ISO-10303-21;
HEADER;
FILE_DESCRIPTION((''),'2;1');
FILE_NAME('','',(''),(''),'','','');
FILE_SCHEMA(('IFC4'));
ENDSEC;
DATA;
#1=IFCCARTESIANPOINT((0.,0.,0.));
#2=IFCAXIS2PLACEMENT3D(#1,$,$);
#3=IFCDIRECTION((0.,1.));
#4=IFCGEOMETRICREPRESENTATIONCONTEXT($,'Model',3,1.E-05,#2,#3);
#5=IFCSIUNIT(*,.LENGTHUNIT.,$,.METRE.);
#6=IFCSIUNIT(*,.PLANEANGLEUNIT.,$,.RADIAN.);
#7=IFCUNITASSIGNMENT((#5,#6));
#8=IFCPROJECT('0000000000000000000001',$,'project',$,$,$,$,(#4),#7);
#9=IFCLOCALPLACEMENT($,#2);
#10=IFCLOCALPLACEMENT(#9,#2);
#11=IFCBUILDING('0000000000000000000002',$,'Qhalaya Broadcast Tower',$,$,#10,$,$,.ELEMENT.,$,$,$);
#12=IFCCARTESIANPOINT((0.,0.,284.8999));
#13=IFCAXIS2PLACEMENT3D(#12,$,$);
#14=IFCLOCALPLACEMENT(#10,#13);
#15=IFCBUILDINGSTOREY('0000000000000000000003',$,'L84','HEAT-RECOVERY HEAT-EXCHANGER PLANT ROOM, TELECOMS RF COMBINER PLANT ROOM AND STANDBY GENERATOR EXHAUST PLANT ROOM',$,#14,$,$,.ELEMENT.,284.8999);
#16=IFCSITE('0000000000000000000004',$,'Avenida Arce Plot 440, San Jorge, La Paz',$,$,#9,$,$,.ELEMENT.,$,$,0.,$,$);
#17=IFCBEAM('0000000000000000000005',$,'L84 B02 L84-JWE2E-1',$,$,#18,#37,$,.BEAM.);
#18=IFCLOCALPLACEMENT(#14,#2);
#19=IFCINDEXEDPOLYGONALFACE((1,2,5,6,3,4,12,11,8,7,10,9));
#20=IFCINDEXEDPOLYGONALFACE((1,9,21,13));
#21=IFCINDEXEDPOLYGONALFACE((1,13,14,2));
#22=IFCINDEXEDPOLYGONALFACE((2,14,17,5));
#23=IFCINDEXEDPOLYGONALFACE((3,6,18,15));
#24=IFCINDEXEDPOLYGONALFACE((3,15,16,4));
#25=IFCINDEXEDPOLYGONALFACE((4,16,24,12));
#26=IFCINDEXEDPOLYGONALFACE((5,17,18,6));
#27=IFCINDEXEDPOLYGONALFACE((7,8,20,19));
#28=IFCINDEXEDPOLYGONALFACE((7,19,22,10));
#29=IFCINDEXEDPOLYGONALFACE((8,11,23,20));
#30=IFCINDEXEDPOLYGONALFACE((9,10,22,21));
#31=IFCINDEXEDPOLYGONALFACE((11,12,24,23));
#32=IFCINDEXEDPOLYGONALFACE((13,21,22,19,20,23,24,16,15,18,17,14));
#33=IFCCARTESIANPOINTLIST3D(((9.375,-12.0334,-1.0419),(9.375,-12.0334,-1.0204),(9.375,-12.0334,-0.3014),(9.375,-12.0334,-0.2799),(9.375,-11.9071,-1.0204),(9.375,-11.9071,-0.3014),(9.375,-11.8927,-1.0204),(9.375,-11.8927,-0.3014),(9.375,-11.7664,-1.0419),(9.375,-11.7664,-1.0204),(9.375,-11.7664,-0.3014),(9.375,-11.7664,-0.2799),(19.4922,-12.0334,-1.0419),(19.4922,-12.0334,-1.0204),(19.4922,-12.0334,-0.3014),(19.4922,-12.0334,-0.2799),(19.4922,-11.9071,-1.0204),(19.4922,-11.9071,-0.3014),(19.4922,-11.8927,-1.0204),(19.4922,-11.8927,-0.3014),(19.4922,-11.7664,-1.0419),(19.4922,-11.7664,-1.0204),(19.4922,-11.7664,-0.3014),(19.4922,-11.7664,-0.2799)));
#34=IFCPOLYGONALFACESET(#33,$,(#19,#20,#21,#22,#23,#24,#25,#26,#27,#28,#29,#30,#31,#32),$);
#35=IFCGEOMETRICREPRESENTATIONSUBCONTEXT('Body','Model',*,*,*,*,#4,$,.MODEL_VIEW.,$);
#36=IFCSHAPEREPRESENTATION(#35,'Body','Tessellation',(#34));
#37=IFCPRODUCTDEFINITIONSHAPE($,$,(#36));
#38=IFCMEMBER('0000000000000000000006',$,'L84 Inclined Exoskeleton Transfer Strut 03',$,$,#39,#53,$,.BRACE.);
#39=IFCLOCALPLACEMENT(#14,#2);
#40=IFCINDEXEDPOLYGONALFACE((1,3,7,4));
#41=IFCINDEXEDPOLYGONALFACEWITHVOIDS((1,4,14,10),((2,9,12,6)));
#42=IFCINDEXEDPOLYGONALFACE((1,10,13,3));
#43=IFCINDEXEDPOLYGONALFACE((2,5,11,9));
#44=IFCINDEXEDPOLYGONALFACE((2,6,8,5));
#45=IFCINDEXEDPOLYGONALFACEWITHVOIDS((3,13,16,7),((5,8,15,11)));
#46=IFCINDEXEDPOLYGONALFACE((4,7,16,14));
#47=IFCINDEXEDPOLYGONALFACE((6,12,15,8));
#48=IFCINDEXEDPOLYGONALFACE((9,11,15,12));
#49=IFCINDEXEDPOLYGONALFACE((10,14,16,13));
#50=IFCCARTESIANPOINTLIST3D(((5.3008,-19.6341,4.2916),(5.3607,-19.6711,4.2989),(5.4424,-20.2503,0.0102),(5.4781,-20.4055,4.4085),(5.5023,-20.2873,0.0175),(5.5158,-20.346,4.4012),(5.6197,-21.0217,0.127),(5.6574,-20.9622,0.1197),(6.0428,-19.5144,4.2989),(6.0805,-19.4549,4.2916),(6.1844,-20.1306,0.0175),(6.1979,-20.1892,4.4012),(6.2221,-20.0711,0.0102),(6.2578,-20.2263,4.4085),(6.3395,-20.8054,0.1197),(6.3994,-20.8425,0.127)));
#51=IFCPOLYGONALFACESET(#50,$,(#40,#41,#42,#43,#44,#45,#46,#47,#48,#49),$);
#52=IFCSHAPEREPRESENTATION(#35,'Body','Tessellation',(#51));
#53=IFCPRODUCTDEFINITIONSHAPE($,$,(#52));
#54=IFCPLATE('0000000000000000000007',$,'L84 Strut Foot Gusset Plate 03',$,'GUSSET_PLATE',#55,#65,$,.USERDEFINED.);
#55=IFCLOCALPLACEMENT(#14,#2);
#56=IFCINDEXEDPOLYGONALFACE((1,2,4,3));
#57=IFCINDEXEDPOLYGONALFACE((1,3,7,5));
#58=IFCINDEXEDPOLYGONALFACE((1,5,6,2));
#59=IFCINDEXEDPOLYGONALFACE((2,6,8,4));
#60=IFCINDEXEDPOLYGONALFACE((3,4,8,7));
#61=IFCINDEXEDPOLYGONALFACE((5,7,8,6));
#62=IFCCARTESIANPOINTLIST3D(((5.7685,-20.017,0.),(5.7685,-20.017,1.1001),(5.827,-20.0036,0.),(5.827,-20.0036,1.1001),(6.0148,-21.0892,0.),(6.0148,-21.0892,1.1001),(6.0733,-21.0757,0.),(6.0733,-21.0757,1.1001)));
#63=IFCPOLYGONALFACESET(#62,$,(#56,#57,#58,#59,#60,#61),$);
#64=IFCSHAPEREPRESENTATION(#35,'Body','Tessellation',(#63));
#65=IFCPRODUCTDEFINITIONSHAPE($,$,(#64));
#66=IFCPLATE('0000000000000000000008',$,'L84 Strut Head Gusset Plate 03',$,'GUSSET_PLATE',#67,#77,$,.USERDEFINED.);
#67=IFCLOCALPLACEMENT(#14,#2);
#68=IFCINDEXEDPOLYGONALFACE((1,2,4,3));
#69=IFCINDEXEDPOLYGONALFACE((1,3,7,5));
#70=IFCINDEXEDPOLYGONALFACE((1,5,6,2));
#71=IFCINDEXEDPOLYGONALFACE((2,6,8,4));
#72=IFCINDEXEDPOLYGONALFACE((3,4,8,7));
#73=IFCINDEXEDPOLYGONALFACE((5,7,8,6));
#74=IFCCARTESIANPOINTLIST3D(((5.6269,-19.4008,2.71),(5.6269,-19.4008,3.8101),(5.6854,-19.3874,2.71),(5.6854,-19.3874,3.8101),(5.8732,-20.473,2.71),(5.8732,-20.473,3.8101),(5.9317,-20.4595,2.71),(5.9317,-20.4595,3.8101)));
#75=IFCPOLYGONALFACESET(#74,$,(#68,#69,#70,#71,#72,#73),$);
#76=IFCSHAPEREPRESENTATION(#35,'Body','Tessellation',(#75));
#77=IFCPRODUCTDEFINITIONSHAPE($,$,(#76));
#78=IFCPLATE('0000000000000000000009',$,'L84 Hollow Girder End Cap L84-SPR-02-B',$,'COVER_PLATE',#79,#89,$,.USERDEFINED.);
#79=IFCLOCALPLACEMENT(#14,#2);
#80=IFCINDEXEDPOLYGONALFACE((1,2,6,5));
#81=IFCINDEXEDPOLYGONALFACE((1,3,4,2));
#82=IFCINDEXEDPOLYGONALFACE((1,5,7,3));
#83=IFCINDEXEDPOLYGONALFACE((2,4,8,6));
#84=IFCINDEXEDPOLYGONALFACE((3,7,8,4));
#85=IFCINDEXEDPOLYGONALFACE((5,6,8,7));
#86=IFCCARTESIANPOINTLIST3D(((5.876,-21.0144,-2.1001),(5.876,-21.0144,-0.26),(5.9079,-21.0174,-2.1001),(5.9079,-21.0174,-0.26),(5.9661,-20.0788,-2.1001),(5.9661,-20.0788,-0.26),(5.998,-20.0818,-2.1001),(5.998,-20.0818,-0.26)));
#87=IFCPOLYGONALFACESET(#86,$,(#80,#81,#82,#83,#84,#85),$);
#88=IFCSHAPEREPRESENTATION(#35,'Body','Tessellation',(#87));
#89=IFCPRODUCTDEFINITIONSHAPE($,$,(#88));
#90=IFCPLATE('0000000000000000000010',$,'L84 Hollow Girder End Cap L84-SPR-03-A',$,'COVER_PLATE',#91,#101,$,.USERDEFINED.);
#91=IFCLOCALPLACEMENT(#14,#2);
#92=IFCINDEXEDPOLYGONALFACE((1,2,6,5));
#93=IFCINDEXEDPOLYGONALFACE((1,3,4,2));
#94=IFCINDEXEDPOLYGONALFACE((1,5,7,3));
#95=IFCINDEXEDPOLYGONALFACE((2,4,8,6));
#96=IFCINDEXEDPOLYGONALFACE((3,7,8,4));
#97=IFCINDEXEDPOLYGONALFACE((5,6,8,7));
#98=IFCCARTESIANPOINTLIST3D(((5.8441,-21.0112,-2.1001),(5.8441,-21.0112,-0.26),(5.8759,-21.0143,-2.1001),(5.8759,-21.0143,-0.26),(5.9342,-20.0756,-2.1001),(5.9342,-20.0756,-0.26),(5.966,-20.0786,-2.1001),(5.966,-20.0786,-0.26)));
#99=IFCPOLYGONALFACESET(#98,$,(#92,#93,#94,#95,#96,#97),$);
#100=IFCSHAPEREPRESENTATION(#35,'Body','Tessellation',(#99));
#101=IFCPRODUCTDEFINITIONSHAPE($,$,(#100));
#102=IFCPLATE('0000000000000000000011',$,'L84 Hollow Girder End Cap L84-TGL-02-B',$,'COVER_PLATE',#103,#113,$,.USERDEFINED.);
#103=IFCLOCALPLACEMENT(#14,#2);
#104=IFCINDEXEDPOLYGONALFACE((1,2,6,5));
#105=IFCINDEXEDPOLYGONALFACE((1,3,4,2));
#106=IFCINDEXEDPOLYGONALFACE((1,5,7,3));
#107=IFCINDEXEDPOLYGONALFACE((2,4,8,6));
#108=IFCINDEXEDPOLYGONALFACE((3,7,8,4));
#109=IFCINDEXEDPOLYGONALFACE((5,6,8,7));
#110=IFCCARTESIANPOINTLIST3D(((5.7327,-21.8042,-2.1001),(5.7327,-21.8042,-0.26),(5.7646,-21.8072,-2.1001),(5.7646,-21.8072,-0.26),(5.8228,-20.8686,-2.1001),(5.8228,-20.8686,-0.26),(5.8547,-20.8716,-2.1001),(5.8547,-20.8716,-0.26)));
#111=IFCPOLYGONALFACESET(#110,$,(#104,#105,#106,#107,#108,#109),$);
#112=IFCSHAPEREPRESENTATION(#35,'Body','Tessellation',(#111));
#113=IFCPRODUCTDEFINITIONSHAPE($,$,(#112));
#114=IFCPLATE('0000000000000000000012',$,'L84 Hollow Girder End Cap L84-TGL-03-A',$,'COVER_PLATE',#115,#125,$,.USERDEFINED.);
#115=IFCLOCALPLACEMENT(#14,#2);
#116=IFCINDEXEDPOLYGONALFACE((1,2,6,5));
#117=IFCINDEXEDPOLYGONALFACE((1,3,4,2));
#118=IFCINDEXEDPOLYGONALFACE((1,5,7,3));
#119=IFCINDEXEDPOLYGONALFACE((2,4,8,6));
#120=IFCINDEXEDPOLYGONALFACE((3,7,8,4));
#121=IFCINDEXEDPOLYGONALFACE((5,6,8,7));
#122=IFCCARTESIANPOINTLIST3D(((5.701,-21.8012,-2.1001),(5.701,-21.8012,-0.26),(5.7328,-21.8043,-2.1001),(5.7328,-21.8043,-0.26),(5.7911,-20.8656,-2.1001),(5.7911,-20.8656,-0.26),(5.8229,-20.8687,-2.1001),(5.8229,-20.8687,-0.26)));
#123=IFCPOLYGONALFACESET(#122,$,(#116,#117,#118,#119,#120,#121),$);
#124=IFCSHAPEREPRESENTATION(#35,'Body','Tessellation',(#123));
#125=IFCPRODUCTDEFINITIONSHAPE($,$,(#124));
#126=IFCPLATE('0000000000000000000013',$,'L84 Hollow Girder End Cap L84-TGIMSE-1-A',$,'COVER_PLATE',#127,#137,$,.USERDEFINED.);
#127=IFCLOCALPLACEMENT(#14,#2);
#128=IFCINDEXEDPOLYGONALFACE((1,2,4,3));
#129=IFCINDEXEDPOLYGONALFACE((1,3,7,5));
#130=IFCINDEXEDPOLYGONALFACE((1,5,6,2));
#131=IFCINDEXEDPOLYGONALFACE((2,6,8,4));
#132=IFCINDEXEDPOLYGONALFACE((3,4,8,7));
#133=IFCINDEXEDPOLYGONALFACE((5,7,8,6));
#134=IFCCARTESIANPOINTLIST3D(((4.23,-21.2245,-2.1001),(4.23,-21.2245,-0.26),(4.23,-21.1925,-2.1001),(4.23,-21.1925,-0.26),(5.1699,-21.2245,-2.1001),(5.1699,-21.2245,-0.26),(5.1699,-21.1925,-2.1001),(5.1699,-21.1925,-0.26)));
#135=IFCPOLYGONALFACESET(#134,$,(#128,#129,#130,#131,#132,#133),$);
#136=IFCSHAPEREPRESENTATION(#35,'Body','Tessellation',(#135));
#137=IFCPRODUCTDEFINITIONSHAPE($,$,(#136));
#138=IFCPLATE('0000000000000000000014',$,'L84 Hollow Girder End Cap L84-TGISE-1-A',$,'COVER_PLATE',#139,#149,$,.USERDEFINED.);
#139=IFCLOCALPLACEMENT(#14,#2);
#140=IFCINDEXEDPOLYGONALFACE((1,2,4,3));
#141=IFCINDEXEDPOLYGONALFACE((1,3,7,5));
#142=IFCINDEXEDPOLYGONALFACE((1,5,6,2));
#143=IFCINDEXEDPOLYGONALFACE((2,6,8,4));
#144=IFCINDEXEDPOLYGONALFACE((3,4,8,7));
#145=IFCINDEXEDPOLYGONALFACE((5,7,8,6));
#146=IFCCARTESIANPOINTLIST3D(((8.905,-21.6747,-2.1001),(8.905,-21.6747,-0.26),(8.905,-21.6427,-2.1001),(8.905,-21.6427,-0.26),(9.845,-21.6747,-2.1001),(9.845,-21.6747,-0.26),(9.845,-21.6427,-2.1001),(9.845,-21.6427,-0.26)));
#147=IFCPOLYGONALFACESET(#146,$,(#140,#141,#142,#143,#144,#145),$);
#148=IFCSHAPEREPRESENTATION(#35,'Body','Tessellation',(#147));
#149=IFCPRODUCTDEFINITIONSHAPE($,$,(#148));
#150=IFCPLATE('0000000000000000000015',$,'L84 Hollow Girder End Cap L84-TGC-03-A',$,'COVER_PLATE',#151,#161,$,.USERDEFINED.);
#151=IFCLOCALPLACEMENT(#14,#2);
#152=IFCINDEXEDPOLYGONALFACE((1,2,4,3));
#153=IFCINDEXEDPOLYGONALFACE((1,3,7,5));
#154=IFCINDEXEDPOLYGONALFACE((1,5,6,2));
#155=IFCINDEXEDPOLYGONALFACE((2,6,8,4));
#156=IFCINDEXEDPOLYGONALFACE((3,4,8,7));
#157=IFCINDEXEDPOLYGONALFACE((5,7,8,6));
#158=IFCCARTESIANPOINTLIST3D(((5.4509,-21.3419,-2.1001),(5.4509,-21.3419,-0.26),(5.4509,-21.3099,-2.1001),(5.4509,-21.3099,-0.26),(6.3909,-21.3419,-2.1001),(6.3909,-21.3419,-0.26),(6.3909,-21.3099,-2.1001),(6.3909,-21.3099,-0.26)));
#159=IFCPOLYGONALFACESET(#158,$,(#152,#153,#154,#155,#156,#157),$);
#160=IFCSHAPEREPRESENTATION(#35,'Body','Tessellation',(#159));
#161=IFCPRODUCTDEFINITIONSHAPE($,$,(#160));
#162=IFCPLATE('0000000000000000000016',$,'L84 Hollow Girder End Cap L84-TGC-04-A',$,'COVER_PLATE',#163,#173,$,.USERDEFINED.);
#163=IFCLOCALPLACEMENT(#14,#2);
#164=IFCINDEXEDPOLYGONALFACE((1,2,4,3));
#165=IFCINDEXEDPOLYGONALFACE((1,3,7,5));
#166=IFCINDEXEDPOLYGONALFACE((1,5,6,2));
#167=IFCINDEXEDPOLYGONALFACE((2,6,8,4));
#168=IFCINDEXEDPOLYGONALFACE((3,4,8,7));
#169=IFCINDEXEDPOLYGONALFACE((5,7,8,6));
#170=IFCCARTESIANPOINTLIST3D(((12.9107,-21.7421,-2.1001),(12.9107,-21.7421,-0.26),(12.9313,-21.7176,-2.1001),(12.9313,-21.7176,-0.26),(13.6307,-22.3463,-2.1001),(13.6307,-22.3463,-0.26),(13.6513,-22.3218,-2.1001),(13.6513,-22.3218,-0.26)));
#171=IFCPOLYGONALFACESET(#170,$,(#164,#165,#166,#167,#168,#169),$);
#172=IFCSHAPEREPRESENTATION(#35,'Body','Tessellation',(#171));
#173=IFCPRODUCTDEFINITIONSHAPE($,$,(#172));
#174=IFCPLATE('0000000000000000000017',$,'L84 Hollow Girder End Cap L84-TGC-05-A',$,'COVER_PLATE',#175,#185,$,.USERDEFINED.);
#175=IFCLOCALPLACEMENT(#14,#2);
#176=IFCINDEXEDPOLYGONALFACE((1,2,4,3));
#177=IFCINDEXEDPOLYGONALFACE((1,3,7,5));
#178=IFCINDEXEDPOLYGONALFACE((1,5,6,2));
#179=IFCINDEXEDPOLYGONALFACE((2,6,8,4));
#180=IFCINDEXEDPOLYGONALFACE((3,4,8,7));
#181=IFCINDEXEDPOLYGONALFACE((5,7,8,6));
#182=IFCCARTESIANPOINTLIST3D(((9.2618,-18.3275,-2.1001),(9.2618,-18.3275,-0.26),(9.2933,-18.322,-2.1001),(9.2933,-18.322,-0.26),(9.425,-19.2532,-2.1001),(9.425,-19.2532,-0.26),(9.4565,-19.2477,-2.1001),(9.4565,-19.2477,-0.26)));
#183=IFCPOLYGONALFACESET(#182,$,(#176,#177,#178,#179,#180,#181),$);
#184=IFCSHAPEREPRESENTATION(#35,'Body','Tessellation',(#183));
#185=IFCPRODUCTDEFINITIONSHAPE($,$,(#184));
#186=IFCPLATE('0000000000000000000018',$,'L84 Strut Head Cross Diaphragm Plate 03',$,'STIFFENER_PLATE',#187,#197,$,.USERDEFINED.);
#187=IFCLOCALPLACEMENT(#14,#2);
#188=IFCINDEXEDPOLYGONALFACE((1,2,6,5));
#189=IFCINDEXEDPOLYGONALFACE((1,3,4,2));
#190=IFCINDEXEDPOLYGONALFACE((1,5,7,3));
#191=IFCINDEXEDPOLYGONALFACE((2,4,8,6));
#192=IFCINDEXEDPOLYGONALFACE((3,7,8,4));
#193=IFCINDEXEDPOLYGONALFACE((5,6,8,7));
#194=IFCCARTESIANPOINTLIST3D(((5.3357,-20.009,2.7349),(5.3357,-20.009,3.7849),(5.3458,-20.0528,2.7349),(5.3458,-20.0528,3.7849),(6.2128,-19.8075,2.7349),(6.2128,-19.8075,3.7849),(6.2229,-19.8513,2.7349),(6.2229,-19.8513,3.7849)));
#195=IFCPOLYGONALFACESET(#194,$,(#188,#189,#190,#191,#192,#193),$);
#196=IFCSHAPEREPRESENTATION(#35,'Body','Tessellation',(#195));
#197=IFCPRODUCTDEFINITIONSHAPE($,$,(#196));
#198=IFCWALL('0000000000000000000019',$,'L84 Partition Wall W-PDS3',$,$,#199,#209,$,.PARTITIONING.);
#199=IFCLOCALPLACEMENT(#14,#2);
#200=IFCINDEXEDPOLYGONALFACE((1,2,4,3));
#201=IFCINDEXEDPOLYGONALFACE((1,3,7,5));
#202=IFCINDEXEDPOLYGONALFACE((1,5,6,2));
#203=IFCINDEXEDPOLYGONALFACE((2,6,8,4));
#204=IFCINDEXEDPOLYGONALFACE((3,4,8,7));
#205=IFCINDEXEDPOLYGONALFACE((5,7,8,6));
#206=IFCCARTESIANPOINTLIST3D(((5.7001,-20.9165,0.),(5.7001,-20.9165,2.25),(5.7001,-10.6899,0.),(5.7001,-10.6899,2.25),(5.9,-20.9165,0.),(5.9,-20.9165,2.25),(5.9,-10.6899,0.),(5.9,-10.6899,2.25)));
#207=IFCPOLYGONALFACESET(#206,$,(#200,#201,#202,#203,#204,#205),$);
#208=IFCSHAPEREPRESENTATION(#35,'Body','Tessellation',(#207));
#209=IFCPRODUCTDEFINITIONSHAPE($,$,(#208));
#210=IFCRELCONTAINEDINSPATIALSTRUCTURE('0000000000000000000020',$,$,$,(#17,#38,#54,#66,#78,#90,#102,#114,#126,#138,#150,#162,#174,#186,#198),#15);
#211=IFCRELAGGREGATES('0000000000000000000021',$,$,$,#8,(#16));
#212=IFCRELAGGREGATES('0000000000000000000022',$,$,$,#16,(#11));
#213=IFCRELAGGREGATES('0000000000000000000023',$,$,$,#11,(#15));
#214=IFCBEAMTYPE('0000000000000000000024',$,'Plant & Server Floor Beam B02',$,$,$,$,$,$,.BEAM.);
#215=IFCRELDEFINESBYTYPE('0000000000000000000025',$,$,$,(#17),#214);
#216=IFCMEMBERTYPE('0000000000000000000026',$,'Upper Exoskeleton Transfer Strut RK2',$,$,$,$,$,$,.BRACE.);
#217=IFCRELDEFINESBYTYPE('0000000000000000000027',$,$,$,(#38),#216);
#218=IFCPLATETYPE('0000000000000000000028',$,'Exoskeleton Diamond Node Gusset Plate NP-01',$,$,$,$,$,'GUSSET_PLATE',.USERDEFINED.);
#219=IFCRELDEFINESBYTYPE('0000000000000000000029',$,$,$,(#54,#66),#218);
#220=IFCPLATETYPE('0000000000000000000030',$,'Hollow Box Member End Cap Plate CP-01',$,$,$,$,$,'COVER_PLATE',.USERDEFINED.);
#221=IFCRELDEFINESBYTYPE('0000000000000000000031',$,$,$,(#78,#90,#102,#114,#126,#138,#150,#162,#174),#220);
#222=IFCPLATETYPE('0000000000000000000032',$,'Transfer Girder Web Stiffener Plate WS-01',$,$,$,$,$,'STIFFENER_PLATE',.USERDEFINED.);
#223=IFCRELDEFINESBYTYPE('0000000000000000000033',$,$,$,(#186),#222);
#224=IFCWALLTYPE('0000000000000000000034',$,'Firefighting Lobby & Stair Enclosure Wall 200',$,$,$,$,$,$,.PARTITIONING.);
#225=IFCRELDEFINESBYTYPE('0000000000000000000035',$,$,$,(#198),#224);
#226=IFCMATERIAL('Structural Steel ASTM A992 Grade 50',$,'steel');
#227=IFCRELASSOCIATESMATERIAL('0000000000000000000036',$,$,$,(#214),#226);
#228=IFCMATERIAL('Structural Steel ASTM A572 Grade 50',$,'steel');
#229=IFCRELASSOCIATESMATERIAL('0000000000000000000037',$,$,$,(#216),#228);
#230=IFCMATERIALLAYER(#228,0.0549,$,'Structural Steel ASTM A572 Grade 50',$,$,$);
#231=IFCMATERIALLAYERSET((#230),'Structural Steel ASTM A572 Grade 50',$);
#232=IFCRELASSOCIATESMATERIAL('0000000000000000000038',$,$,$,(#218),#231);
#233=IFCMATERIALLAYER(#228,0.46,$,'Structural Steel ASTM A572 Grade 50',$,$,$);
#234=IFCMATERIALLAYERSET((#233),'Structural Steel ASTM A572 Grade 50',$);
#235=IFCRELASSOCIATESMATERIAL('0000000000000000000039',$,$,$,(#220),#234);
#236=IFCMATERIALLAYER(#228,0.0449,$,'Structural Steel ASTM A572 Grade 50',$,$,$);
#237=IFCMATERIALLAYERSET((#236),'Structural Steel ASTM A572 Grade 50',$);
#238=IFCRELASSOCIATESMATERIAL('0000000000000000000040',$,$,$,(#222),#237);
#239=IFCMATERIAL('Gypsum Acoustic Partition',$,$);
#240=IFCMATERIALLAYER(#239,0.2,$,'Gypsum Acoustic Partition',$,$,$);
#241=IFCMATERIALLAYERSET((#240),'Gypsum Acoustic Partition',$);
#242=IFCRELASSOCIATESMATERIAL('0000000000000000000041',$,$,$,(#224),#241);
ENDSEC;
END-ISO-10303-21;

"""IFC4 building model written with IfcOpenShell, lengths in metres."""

from ifc_helpers import new_model, si_unit, direction, frame, frame_2d, origin, origin_2d, place, context, subcontext, project, spatial, rectangle, hollow_rectangle, i_section, extrude, material, layer, layer_set, material_profile, profile_set, type_object, element, save


model = new_model("IFC4")

# Units and contexts
model_context = context("Model", 3, precision=1e-05, world=origin(), true_north=direction((0.0, 1.0)))
body_context = subcontext(model_context, "Body", "Model", "MODEL_VIEW")
ifc_project = project(units=[si_unit("LENGTHUNIT", "METRE"), si_unit("PLANEANGLEUNIT", "RADIAN")], contexts=[model_context])

# Site, building, storey
site_placement = place(None, origin())
site = spatial("IfcSite", under=ifc_project, at=site_placement, Name="Avenida Arce Plot 440, San Jorge, La Paz", CompositionType="ELEMENT", RefElevation=0.0)
building_placement = place(site_placement, origin())
building = spatial("IfcBuilding", under=site, at=building_placement, Name="Qhalaya Broadcast Tower", CompositionType="ELEMENT")
storey_placement = place(building_placement, frame((0.0, 0.0, 284.8999)))
storey = spatial("IfcBuildingStorey", under=building, at=storey_placement, Name="L84", Description="HEAT-RECOVERY HEAT-EXCHANGER PLANT ROOM, TELECOMS RF COMBINER PLANT ROOM AND STANDBY GENERATOR EXHAUST PLANT ROOM", CompositionType="ELEMENT", Elevation=284.8999)

# Beam
ifc_material_1 = material(Name="Structural Steel ASTM A572 Grade 50", Category="steel")
ifc_material_2 = material(Name="Structural Steel ASTM A992 Grade 50", Category="steel")
ifc_material_profile_1 = material_profile(ifc_material_2, i_section(OverallWidth=0.2671, OverallDepth=0.762, WebThickness=0.0144, FlangeThickness=0.0215, at=origin_2d()), Name="W30X116")
ifc_profile_set_1 = profile_set([ifc_material_profile_1], Name="Structural Steel ASTM A992 Grade 50")
beam_type_1 = type_object("IfcBeamType", Name="Plant & Server Floor Beam B02", PredefinedType="BEAM", material=ifc_profile_set_1)
beam_1_placement = place(storey_placement, frame((9.375, -11.8999, -0.6609), z_axis=(1.0, 0.0, 0.0), x_axis=(0.0, 1.0, 0.0)))
element("IfcBeam", 1, at=beam_1_placement, inside=storey, type_object=beam_type_1, Name="L84 B02 L84-JWE2E-1", PredefinedType="BEAM", context=body_context, shape_type="SweptSolid", body=[
    extrude(i_section(OverallWidth=0.2671, OverallDepth=0.762, WebThickness=0.0144, FlangeThickness=0.0215, at=origin_2d()), origin(), (0.0, 0.0, 1.0), 10.1172),
])

# Member
ifc_material_profile_2 = material_profile(ifc_material_1, hollow_rectangle(XDim=0.8, YDim=0.8, WallThickness=0.05, at=origin_2d()), Name="BOX 800x800x50")
ifc_profile_set_2 = profile_set([ifc_material_profile_2], Name="Structural Steel ASTM A572 Grade 50")
member_type = type_object("IfcMemberType", Name="Upper Exoskeleton Transfer Strut RK2", PredefinedType="BRACE", material=ifc_profile_set_2)
member_placement = place(storey_placement, frame((5.9209, -20.5464, 0.0686), z_axis=(-0.032718, 0.14238, 0.989271), x_axis=(-0.974599, -0.223957, 0.0)))
element("IfcMember", 2, at=member_placement, inside=storey, type_object=member_type, Name="L84 Inclined Exoskeleton Transfer Strut 03", PredefinedType="BRACE", context=body_context, shape_type="SweptSolid", body=[
    extrude(hollow_rectangle(XDim=0.8, YDim=0.8, WallThickness=0.05, at=origin_2d()), origin(), (0.0, 0.0, 1.0), 4.3279),
])

# Plates
ifc_layer_1 = layer(ifc_material_1, 0.0549, Name="Structural Steel ASTM A572 Grade 50")
ifc_layer_set_1 = layer_set([ifc_layer_1], Name="Structural Steel ASTM A572 Grade 50")
plate_type_1 = type_object("IfcPlateType", Name="Exoskeleton Diamond Node Gusset Plate NP-01", ElementType="GUSSET_PLATE", PredefinedType="USERDEFINED", material=ifc_layer_set_1)
for number, where, z_axis, x_axis, name in (
    (3, (5.9209, -20.5464, 0.0), (0.0, 0.0, 1.0), (-0.223897, 0.974613, 0.0), "L84 Strut Foot Gusset Plate 03"),
    (4, (5.7793, -19.9302, 2.71), (0.0, 0.0, 1.0), (-0.223897, 0.974613, 0.0), "L84 Strut Head Gusset Plate 03"),
):
    element("IfcPlate", number, at=place(storey_placement, frame(where, z_axis=z_axis, x_axis=x_axis)), inside=storey, type_object=plate_type_1, Name=name, ObjectType="GUSSET_PLATE", PredefinedType="USERDEFINED", context=body_context, shape_type="SweptSolid", body=[
        extrude(rectangle(XDim=1.1001, YDim=0.0601, at=origin_2d()), origin(), (0.0, 0.0, 1.0), 1.1001),
    ])
ifc_layer_2 = layer(ifc_material_1, 0.46, Name="Structural Steel ASTM A572 Grade 50")
ifc_layer_set_2 = layer_set([ifc_layer_2], Name="Structural Steel ASTM A572 Grade 50")
plate_type_2 = type_object("IfcPlateType", Name="Hollow Box Member End Cap Plate CP-01", ElementType="COVER_PLATE", PredefinedType="USERDEFINED", material=ifc_layer_set_2)
for number, where, z_axis, x_axis, name in (
    (5, (5.937, -20.5481, -2.1001), (0.0, 0.0, 1.0), (0.095846, 0.995396, 0.0), "L84 Hollow Girder End Cap L84-SPR-02-B"),
    (6, (5.905, -20.5449, -2.1001), (0.0, 0.0, 1.0), (0.095846, 0.995396, 0.0), "L84 Hollow Girder End Cap L84-SPR-03-A"),
    (7, (5.7937, -21.3379, -2.1001), (0.0, 0.0, 1.0), (0.095846, 0.995396, 0.0), "L84 Hollow Girder End Cap L84-TGL-02-B"),
    (8, (5.762, -21.335, -2.1001), (0.0, 0.0, 1.0), (0.095846, 0.995396, 0.0), "L84 Hollow Girder End Cap L84-TGL-03-A"),
    (9, (4.7, -21.2085, -2.1001), (0.0, 0.0, 1.0), (-1.0, 0.0, 0.0), "L84 Hollow Girder End Cap L84-TGIMSE-1-A"),
    (10, (9.375, -21.6587, -2.1001), (0.0, 0.0, 1.0), (-1.0, 0.0, 0.0), "L84 Hollow Girder End Cap L84-TGISE-1-A"),
    (11, (5.9209, -21.3259, -2.1001), (0.0, 0.0, 1.0), (-1.0, 0.0, 0.0), "L84 Hollow Girder End Cap L84-TGC-03-A"),
    (12, (13.281, -22.032, -2.1001), (0.0, 0.0, 1.0), (-0.766044, 0.642788, 0.0), "L84 Hollow Girder End Cap L84-TGC-04-A"),
    (13, (9.3591, -18.7876, -2.1001), (0.0, 0.0, 1.0), (-0.173648, 0.984808, 0.0), "L84 Hollow Girder End Cap L84-TGC-05-A"),
):
    element("IfcPlate", number, at=place(storey_placement, frame(where, z_axis=z_axis, x_axis=x_axis)), inside=storey, type_object=plate_type_2, Name=name, ObjectType="COVER_PLATE", PredefinedType="USERDEFINED", context=body_context, shape_type="SweptSolid", body=[
        extrude(rectangle(XDim=0.9399, YDim=0.032, at=origin_2d()), origin(), (0.0, 0.0, 1.0), 1.8401),
    ])
ifc_layer_3 = layer(ifc_material_1, 0.0449, Name="Structural Steel ASTM A572 Grade 50")
ifc_layer_set_3 = layer_set([ifc_layer_3], Name="Structural Steel ASTM A572 Grade 50")
plate_type_3 = type_object("IfcPlateType", Name="Transfer Girder Web Stiffener Plate WS-01", ElementType="STIFFENER_PLATE", PredefinedType="USERDEFINED", material=ifc_layer_set_3)
plate_placement = place(storey_placement, frame((5.7793, -19.9302, 2.7349), z_axis=(0.0, 0.0, 1.0), x_axis=(-0.974613, -0.223897, 0.0)))
element("IfcPlate", 14, at=plate_placement, inside=storey, type_object=plate_type_3, Name="L84 Strut Head Cross Diaphragm Plate 03", ObjectType="STIFFENER_PLATE", PredefinedType="USERDEFINED", context=body_context, shape_type="SweptSolid", body=[
    extrude(rectangle(XDim=0.8999, YDim=0.0449, at=origin_2d()), origin(), (0.0, 0.0, 1.0), 1.05),
])

# Wall
ifc_material_3 = material(Name="Gypsum Acoustic Partition")
ifc_layer_4 = layer(ifc_material_3, 0.2, Name="Gypsum Acoustic Partition")
ifc_layer_set_4 = layer_set([ifc_layer_4], Name="Gypsum Acoustic Partition")
wall_type = type_object("IfcWallType", Name="Firefighting Lobby & Stair Enclosure Wall 200", PredefinedType="PARTITIONING", material=ifc_layer_set_4)
wall_placement = place(storey_placement, frame((5.8, -20.9165, 0.0), z_axis=(0.0, 0.0, 1.0), x_axis=(0.0, 1.0, 0.0)))
element("IfcWall", 15, at=wall_placement, inside=storey, type_object=wall_type, Name="L84 Partition Wall W-PDS3", PredefinedType="PARTITIONING", context=body_context, shape_type="SweptSolid", body=[
    extrude(rectangle(XDim=10.2266, YDim=0.2, at=frame_2d((5.1133, 0.0))), origin(), (0.0, 0.0, 1.0), 2.25),
])

save(model, "model.ifc")
